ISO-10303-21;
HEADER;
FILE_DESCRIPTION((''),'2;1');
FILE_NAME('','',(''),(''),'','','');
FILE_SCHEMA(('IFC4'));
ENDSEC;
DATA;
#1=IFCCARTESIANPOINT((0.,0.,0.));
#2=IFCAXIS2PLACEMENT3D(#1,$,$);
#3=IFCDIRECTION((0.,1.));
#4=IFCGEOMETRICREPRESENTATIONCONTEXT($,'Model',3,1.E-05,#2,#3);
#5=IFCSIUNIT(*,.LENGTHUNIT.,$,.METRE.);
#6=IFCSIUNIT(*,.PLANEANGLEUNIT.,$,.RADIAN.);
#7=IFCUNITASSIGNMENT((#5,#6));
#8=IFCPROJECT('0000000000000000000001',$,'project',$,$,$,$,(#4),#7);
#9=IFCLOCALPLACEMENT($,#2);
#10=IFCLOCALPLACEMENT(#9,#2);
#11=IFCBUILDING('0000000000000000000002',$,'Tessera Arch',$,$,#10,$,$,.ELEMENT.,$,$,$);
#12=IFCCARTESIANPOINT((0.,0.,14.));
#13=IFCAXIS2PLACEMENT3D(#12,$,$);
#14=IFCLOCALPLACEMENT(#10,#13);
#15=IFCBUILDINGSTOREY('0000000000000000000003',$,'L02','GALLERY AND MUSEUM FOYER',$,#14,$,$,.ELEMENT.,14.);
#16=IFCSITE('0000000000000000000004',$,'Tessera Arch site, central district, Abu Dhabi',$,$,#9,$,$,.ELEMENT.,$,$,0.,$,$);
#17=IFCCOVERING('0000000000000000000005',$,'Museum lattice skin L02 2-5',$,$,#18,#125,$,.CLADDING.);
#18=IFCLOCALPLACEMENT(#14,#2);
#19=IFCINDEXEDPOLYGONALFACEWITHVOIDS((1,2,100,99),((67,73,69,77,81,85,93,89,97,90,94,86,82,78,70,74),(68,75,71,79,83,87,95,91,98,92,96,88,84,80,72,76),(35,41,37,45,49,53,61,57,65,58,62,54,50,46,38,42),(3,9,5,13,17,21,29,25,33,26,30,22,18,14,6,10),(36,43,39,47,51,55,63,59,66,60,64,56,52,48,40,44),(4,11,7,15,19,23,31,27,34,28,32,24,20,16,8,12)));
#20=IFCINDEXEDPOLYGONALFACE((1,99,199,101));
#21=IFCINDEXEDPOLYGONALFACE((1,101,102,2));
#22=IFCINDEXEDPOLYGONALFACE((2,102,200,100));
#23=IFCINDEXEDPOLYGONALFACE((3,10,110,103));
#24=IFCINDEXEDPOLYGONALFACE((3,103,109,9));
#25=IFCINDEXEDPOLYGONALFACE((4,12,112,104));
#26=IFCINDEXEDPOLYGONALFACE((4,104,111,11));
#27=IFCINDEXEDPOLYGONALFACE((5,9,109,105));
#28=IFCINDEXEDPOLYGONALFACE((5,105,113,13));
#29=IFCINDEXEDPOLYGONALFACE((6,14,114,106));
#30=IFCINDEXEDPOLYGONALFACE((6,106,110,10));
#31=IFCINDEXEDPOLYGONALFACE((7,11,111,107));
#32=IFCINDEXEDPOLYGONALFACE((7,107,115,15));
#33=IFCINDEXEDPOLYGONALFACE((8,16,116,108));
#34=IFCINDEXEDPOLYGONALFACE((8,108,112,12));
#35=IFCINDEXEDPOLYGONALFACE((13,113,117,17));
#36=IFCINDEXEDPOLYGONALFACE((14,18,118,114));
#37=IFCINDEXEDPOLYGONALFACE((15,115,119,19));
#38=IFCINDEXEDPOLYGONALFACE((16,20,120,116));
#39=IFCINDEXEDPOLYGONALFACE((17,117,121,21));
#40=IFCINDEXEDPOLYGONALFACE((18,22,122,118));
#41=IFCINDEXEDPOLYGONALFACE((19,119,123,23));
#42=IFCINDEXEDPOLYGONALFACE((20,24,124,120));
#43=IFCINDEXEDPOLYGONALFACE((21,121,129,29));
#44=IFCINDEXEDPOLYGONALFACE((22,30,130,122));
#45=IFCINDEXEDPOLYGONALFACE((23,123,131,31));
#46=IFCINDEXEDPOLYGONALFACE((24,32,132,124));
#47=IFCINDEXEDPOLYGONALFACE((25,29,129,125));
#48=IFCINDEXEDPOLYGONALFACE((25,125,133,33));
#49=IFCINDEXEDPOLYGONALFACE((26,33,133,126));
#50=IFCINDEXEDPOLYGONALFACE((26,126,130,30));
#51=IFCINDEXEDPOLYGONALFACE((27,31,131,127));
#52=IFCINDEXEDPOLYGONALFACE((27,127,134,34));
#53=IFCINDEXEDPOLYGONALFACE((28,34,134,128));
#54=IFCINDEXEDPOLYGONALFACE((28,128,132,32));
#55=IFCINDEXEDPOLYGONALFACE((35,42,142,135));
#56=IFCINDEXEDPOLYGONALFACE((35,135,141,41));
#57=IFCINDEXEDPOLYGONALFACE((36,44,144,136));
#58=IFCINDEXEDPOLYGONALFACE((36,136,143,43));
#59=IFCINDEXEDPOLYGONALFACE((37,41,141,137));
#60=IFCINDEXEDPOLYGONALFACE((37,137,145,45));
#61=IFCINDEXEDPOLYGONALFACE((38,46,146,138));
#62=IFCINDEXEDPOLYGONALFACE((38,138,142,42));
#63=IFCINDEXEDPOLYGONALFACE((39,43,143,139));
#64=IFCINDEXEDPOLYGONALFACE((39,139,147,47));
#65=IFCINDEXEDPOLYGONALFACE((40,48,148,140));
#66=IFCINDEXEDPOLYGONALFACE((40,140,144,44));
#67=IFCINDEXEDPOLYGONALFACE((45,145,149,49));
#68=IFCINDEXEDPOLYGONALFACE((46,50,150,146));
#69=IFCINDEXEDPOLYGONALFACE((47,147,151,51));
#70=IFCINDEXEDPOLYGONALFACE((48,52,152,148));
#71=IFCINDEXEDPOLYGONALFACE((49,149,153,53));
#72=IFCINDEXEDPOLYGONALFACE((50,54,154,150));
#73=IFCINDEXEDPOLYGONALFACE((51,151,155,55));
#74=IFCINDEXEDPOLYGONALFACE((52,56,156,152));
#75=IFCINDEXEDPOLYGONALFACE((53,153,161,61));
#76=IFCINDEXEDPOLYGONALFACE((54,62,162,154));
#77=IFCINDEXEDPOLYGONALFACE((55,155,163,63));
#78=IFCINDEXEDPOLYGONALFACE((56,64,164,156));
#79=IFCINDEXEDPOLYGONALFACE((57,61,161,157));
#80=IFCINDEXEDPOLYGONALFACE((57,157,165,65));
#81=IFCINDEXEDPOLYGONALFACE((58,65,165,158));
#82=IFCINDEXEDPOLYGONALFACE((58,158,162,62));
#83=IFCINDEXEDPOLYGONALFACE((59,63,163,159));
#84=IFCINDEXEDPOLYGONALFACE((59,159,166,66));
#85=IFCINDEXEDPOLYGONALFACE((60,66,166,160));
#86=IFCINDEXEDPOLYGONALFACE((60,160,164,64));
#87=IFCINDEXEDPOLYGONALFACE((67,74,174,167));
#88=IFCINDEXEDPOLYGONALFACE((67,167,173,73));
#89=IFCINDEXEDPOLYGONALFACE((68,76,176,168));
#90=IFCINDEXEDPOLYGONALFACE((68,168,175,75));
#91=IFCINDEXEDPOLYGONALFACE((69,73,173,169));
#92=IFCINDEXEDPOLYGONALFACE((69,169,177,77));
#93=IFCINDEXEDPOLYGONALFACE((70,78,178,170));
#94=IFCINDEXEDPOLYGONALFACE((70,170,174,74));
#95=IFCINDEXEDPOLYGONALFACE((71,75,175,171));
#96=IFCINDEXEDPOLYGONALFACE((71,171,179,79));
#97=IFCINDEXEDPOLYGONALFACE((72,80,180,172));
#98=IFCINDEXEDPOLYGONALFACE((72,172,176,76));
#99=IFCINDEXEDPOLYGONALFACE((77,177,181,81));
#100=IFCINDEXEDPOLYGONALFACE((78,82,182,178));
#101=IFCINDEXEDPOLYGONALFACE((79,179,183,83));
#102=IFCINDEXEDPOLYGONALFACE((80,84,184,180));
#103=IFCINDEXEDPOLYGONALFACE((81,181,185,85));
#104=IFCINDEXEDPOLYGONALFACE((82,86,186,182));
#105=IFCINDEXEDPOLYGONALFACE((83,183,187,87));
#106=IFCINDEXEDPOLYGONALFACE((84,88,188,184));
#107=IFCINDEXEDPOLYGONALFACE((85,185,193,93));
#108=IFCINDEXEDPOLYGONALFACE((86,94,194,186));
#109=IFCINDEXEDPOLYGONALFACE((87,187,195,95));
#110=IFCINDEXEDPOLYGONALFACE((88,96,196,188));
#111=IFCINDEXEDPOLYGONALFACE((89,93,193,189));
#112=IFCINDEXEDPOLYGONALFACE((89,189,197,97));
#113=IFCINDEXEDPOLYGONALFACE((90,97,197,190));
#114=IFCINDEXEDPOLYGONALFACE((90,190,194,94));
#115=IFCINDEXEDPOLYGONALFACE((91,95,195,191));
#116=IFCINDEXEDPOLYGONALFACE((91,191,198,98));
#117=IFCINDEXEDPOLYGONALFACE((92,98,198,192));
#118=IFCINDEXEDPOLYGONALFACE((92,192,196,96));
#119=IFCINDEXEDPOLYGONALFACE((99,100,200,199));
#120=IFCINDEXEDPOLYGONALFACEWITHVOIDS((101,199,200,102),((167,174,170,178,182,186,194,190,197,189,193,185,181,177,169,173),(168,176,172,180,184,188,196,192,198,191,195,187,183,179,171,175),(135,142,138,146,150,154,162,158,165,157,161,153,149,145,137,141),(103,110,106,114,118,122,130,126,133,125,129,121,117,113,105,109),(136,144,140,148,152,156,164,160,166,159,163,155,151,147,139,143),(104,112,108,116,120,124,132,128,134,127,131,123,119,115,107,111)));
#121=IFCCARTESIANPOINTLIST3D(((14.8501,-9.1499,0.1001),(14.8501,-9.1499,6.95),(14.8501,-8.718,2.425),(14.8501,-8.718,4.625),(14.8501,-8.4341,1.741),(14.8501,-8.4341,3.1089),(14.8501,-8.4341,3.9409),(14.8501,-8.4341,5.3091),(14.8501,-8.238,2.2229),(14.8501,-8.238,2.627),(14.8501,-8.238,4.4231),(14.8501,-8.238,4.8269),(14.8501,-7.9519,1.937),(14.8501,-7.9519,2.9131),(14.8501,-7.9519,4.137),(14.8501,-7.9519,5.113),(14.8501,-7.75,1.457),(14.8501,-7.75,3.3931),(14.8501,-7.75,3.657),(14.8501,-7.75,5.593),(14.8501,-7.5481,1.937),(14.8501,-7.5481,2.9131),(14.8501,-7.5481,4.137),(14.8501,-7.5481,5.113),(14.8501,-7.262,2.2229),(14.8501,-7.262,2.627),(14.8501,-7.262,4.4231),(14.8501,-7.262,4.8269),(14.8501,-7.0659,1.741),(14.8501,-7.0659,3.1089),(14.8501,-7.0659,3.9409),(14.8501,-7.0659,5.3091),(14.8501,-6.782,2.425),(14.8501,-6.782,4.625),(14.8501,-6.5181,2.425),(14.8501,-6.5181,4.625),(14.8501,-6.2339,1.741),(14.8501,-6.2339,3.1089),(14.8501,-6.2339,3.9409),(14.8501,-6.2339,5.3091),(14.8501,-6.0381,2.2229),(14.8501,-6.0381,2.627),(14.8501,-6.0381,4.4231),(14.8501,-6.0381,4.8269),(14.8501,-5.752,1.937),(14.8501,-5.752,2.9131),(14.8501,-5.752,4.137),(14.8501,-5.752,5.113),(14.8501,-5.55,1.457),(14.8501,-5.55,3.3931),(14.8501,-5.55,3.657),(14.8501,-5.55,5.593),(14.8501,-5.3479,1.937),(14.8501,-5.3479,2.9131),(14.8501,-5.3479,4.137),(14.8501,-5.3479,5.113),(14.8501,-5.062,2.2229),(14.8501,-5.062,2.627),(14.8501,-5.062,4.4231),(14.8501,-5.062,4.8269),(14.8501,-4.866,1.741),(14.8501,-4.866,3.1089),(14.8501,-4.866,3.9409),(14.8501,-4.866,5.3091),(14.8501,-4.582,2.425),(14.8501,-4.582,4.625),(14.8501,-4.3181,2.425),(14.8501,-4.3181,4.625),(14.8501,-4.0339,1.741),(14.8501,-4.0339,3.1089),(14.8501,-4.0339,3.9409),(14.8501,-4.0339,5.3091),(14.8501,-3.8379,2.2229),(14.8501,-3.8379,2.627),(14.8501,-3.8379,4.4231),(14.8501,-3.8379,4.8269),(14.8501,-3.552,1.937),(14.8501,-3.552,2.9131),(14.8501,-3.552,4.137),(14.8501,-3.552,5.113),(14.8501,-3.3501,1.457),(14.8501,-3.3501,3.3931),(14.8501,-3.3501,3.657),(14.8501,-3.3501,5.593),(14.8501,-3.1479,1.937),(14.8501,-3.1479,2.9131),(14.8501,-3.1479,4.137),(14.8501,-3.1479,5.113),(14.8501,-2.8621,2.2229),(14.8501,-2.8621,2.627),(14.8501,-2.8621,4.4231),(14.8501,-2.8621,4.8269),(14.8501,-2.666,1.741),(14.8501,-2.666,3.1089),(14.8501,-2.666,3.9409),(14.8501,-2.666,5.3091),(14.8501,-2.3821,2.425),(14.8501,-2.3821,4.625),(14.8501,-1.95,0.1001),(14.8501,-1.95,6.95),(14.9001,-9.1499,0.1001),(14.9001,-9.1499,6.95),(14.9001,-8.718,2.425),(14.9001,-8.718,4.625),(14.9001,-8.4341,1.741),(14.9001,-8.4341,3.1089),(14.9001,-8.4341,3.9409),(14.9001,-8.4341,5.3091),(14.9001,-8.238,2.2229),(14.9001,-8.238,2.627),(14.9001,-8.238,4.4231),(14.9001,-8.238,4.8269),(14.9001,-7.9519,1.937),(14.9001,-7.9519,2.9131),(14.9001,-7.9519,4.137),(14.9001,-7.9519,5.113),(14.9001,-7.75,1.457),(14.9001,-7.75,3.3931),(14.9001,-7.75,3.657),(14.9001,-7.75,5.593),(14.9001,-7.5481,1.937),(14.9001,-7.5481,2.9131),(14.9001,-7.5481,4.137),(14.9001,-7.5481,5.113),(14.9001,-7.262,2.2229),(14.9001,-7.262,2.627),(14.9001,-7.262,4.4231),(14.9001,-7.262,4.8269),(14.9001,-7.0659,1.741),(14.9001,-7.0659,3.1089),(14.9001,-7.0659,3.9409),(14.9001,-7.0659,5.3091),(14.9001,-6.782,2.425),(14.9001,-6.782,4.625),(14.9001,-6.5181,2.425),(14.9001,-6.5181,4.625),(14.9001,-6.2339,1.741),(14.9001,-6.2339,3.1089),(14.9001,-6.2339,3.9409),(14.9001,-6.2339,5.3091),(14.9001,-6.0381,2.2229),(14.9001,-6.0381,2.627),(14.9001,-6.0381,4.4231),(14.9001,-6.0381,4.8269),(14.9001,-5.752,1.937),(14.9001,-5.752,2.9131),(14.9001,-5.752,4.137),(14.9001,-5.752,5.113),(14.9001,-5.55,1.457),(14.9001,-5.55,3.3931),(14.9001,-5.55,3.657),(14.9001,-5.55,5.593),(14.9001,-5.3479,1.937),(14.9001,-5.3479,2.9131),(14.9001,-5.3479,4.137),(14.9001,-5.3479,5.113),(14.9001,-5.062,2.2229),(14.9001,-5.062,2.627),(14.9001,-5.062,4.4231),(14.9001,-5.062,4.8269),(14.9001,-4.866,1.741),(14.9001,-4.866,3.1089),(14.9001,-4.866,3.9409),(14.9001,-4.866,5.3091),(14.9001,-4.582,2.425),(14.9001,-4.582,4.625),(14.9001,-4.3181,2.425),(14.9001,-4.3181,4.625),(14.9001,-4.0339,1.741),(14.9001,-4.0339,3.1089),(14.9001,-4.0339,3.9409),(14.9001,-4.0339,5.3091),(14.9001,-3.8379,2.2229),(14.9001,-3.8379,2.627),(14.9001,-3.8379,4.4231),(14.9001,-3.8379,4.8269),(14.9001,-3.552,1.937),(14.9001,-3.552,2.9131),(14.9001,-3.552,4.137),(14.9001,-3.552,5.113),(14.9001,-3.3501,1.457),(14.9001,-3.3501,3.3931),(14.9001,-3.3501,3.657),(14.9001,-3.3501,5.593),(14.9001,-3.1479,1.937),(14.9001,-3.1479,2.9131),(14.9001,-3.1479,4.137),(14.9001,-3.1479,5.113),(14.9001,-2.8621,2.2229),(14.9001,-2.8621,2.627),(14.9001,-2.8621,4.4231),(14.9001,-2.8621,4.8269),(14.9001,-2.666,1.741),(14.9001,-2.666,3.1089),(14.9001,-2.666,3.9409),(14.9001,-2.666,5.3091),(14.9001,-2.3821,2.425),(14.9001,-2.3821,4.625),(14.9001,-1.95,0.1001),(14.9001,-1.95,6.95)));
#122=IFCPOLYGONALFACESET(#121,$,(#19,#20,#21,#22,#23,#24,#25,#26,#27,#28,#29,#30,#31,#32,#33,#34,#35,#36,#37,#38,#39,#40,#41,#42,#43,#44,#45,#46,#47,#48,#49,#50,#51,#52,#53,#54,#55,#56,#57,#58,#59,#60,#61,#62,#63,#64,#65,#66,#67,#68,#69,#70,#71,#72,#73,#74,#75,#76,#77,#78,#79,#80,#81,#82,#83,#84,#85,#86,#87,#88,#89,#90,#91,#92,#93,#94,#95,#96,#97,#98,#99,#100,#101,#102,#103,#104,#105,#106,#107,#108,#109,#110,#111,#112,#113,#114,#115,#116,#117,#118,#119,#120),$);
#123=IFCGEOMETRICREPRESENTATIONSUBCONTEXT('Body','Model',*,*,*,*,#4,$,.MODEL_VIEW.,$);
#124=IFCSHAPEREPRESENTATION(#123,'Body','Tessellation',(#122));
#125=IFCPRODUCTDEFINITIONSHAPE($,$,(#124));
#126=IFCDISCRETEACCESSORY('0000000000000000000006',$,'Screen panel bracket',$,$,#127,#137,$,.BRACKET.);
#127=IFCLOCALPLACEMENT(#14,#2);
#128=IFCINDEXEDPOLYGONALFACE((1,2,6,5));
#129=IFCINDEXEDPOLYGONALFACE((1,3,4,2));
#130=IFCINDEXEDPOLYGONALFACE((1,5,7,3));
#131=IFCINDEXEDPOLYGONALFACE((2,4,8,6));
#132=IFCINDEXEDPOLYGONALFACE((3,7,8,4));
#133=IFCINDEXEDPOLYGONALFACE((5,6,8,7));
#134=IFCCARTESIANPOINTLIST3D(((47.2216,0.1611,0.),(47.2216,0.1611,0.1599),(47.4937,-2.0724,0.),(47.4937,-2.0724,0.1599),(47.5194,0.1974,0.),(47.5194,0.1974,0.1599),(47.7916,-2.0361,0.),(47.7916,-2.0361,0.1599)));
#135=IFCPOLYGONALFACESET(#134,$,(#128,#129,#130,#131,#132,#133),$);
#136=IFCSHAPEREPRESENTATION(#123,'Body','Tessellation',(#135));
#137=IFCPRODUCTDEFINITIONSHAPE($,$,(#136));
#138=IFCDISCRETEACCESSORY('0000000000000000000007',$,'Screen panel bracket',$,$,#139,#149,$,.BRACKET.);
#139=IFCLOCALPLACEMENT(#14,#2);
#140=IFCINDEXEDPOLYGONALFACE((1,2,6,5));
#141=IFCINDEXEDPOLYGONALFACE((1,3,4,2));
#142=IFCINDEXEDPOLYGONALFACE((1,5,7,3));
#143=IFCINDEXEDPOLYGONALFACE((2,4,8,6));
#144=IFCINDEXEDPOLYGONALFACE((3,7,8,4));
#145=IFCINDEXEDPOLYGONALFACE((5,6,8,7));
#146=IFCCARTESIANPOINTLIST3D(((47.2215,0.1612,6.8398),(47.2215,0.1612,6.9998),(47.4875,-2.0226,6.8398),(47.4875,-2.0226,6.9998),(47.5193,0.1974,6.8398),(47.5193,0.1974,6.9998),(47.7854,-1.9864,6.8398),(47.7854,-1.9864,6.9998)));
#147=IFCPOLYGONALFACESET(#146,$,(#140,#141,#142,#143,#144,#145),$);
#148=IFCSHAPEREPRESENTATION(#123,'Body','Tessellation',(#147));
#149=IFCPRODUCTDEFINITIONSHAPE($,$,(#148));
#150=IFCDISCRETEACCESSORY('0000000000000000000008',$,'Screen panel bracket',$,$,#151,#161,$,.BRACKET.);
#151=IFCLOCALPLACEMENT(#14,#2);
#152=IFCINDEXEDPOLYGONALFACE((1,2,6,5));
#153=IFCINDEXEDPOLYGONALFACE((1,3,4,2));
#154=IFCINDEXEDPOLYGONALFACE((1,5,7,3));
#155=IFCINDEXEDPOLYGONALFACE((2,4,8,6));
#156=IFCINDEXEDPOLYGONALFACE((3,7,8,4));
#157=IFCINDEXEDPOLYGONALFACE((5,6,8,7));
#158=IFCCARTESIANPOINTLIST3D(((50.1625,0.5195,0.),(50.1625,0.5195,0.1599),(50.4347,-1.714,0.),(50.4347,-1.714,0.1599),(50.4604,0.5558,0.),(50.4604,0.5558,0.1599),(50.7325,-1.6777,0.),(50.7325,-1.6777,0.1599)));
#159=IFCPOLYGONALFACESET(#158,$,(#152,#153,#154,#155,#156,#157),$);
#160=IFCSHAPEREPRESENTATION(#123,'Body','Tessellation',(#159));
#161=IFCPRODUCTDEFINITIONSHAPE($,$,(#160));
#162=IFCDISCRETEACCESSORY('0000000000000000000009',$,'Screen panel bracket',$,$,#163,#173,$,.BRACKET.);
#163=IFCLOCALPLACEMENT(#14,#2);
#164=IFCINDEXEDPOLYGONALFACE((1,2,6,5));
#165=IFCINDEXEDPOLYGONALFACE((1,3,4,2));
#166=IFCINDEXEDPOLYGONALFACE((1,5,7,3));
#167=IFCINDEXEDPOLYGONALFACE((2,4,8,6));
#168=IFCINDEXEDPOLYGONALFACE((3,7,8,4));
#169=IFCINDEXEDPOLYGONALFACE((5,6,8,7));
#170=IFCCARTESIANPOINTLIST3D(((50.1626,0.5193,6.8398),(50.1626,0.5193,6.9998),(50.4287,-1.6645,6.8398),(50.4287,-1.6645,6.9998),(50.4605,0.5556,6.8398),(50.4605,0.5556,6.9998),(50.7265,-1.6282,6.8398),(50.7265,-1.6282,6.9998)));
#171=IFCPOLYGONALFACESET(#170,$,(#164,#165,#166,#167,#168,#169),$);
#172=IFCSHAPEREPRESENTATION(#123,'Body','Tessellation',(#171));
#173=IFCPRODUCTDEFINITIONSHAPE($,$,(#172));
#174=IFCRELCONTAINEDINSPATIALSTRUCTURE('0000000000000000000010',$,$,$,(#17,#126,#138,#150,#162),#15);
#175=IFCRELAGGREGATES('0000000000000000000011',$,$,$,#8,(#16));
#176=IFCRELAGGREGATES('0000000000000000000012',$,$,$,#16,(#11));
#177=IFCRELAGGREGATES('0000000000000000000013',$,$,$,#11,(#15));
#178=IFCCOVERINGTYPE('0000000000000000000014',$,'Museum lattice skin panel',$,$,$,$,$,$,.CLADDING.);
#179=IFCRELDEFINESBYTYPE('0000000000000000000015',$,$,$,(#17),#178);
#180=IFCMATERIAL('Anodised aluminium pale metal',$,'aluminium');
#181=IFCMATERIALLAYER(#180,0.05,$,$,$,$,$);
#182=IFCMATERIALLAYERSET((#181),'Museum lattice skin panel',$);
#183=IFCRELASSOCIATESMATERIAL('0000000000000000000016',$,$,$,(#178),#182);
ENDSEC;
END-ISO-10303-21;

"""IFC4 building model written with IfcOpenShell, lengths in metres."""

from ifc_helpers import new_model, si_unit, direction, frame, origin, origin_2d, place, context, subcontext, project, spatial, polyline, rectangle, outline, extrude, material, layer, layer_set, type_object, element, save


model = new_model("IFC4")

# Units and contexts
model_context = context("Model", 3, precision=1e-05, world=origin(), true_north=direction((0.0, 1.0)))
body_context = subcontext(model_context, "Body", "Model", "MODEL_VIEW")
ifc_project = project(units=[si_unit("LENGTHUNIT", "METRE"), si_unit("PLANEANGLEUNIT", "RADIAN")], contexts=[model_context])

# Site, building, storey
site_placement = place(None, origin())
site = spatial("IfcSite", under=ifc_project, at=site_placement, Name="Tessera Arch site, central district, Abu Dhabi", CompositionType="ELEMENT", RefElevation=0.0)
building_placement = place(site_placement, origin())
building = spatial("IfcBuilding", under=site, at=building_placement, Name="Tessera Arch", CompositionType="ELEMENT")
storey_placement = place(building_placement, frame((0.0, 0.0, 14.0)))
storey = spatial("IfcBuildingStorey", under=building, at=storey_placement, Name="L02", Description="GALLERY AND MUSEUM FOYER", CompositionType="ELEMENT", Elevation=14.0)

# Covering
ifc_material_1 = material(Name="Anodised aluminium pale metal", Category="aluminium")
ifc_layer_1 = layer(ifc_material_1, 0.05)
ifc_layer_set_1 = layer_set([ifc_layer_1], Name="Museum lattice skin panel")
covering_type_1 = type_object("IfcCoveringType", Name="Museum lattice skin panel", PredefinedType="CLADDING", material=ifc_layer_set_1)
covering_1_placement = place(storey_placement, frame((14.8501, -9.1499, 6.95), z_axis=(-1.0, 0.0, 0.0), x_axis=(0.0, 1.0, 0.0)))
element("IfcCovering", 1, at=covering_1_placement, inside=storey, type_object=covering_type_1, Name="Museum lattice skin L02 2-5", PredefinedType="CLADDING", context=body_context, shape_type="SweptSolid", body=[
    extrude(outline(polyline([(0.0, 0.0), (7.2, 0.0), (7.2, 6.8499), (0.0, 6.8499), (0.0, 0.0)]), holes=[polyline([(2.3679, 4.5249), (1.8879, 4.323), (2.084, 3.8411), (1.6018, 4.0369), (1.3999, 3.5569), (1.198, 4.0369), (0.7158, 3.8411), (0.9119, 4.323), (0.4319, 4.5249), (0.9119, 4.7271), (0.7158, 5.209), (1.198, 5.0129), (1.3999, 5.4929), (1.6018, 5.0129), (2.084, 5.209), (1.8879, 4.7271), (2.3679, 4.5249)]), polyline([(2.3679, 2.325), (1.8879, 2.123), (2.084, 1.6409), (1.6018, 1.8369), (1.3999, 1.3569), (1.198, 1.8369), (0.7158, 1.6409), (0.9119, 2.123), (0.4319, 2.325), (0.9119, 2.5269), (0.7158, 3.009), (1.198, 2.813), (1.3999, 3.293), (1.6018, 2.813), (2.084, 3.009), (1.8879, 2.5269), (2.3679, 2.325)]), polyline([(4.5679, 4.5249), (4.0879, 4.323), (4.2839, 3.8411), (3.802, 4.0369), (3.5999, 3.5569), (3.3979, 4.0369), (2.916, 3.8411), (3.1118, 4.323), (2.6318, 4.5249), (3.1118, 4.7271), (2.916, 5.209), (3.3979, 5.0129), (3.5999, 5.4929), (3.802, 5.0129), (4.2839, 5.209), (4.0879, 4.7271), (4.5679, 4.5249)]), polyline([(4.5679, 2.325), (4.0879, 2.123), (4.2839, 1.6409), (3.802, 1.8369), (3.5999, 1.3569), (3.3979, 1.8369), (2.916, 1.6409), (3.1118, 2.123), (2.6318, 2.325), (3.1118, 2.5269), (2.916, 3.009), (3.3979, 2.813), (3.5999, 3.293), (3.802, 2.813), (4.2839, 3.009), (4.0879, 2.5269), (4.5679, 2.325)]), polyline([(6.7678, 4.5249), (6.2878, 4.323), (6.4839, 3.8411), (6.002, 4.0369), (5.7998, 3.5569), (5.5979, 4.0369), (5.116, 3.8411), (5.312, 4.323), (4.8318, 4.5249), (5.312, 4.7271), (5.116, 5.209), (5.5979, 5.0129), (5.7998, 5.4929), (6.002, 5.0129), (6.4839, 5.209), (6.2878, 4.7271), (6.7678, 4.5249)]), polyline([(6.7678, 2.325), (6.2878, 2.123), (6.4839, 1.6409), (6.002, 1.8369), (5.7998, 1.3569), (5.5979, 1.8369), (5.116, 1.6409), (5.312, 2.123), (4.8318, 2.325), (5.312, 2.5269), (5.116, 3.009), (5.5979, 2.813), (5.7998, 3.293), (6.002, 2.813), (6.4839, 3.009), (6.2878, 2.5269), (6.7678, 2.325)])]), origin(), (0.0, 0.0, -1.0), 0.05),
])

# Discrete accessories
discrete_accessory_1_placement = place(storey_placement, frame((47.5066, -0.9375, 0.0), z_axis=(0.0, 0.0, 1.0), x_axis=(0.120951, -0.992658, 0.0)))
element("IfcDiscreteAccessory", 2, at=discrete_accessory_1_placement, inside=storey, Name="Screen panel bracket", PredefinedType="BRACKET", context=body_context, shape_type="SweptSolid", body=[
    extrude(rectangle(XDim=2.25, YDim=0.3, at=origin_2d()), origin(), (0.0, 0.0, 1.0), 0.1599),
])
discrete_accessory_2_placement = place(storey_placement, frame((47.5034, -0.9126, 6.8398), z_axis=(0.0, 0.0, 1.0), x_axis=(0.120951, -0.992658, 0.0)))
element("IfcDiscreteAccessory", 3, at=discrete_accessory_2_placement, inside=storey, Name="Screen panel bracket", PredefinedType="BRACKET", context=body_context, shape_type="SweptSolid", body=[
    extrude(rectangle(XDim=2.2, YDim=0.3, at=origin_2d()), origin(), (0.0, 0.0, 1.0), 0.1599),
])
discrete_accessory_3_placement = place(storey_placement, frame((50.4475, -0.5791, 0.0), z_axis=(0.0, 0.0, 1.0), x_axis=(0.120951, -0.992658, 0.0)))
element("IfcDiscreteAccessory", 4, at=discrete_accessory_3_placement, inside=storey, Name="Screen panel bracket", PredefinedType="BRACKET", context=body_context, shape_type="SweptSolid", body=[
    extrude(rectangle(XDim=2.25, YDim=0.3, at=origin_2d()), origin(), (0.0, 0.0, 1.0), 0.1599),
])
discrete_accessory_4_placement = place(storey_placement, frame((50.4446, -0.5544, 6.8398), z_axis=(0.0, 0.0, 1.0), x_axis=(0.120951, -0.992658, 0.0)))
element("IfcDiscreteAccessory", 5, at=discrete_accessory_4_placement, inside=storey, Name="Screen panel bracket", PredefinedType="BRACKET", context=body_context, shape_type="SweptSolid", body=[
    extrude(rectangle(XDim=2.2, YDim=0.3, at=origin_2d()), origin(), (0.0, 0.0, 1.0), 0.1599),
])

save(model, "model.ifc")
